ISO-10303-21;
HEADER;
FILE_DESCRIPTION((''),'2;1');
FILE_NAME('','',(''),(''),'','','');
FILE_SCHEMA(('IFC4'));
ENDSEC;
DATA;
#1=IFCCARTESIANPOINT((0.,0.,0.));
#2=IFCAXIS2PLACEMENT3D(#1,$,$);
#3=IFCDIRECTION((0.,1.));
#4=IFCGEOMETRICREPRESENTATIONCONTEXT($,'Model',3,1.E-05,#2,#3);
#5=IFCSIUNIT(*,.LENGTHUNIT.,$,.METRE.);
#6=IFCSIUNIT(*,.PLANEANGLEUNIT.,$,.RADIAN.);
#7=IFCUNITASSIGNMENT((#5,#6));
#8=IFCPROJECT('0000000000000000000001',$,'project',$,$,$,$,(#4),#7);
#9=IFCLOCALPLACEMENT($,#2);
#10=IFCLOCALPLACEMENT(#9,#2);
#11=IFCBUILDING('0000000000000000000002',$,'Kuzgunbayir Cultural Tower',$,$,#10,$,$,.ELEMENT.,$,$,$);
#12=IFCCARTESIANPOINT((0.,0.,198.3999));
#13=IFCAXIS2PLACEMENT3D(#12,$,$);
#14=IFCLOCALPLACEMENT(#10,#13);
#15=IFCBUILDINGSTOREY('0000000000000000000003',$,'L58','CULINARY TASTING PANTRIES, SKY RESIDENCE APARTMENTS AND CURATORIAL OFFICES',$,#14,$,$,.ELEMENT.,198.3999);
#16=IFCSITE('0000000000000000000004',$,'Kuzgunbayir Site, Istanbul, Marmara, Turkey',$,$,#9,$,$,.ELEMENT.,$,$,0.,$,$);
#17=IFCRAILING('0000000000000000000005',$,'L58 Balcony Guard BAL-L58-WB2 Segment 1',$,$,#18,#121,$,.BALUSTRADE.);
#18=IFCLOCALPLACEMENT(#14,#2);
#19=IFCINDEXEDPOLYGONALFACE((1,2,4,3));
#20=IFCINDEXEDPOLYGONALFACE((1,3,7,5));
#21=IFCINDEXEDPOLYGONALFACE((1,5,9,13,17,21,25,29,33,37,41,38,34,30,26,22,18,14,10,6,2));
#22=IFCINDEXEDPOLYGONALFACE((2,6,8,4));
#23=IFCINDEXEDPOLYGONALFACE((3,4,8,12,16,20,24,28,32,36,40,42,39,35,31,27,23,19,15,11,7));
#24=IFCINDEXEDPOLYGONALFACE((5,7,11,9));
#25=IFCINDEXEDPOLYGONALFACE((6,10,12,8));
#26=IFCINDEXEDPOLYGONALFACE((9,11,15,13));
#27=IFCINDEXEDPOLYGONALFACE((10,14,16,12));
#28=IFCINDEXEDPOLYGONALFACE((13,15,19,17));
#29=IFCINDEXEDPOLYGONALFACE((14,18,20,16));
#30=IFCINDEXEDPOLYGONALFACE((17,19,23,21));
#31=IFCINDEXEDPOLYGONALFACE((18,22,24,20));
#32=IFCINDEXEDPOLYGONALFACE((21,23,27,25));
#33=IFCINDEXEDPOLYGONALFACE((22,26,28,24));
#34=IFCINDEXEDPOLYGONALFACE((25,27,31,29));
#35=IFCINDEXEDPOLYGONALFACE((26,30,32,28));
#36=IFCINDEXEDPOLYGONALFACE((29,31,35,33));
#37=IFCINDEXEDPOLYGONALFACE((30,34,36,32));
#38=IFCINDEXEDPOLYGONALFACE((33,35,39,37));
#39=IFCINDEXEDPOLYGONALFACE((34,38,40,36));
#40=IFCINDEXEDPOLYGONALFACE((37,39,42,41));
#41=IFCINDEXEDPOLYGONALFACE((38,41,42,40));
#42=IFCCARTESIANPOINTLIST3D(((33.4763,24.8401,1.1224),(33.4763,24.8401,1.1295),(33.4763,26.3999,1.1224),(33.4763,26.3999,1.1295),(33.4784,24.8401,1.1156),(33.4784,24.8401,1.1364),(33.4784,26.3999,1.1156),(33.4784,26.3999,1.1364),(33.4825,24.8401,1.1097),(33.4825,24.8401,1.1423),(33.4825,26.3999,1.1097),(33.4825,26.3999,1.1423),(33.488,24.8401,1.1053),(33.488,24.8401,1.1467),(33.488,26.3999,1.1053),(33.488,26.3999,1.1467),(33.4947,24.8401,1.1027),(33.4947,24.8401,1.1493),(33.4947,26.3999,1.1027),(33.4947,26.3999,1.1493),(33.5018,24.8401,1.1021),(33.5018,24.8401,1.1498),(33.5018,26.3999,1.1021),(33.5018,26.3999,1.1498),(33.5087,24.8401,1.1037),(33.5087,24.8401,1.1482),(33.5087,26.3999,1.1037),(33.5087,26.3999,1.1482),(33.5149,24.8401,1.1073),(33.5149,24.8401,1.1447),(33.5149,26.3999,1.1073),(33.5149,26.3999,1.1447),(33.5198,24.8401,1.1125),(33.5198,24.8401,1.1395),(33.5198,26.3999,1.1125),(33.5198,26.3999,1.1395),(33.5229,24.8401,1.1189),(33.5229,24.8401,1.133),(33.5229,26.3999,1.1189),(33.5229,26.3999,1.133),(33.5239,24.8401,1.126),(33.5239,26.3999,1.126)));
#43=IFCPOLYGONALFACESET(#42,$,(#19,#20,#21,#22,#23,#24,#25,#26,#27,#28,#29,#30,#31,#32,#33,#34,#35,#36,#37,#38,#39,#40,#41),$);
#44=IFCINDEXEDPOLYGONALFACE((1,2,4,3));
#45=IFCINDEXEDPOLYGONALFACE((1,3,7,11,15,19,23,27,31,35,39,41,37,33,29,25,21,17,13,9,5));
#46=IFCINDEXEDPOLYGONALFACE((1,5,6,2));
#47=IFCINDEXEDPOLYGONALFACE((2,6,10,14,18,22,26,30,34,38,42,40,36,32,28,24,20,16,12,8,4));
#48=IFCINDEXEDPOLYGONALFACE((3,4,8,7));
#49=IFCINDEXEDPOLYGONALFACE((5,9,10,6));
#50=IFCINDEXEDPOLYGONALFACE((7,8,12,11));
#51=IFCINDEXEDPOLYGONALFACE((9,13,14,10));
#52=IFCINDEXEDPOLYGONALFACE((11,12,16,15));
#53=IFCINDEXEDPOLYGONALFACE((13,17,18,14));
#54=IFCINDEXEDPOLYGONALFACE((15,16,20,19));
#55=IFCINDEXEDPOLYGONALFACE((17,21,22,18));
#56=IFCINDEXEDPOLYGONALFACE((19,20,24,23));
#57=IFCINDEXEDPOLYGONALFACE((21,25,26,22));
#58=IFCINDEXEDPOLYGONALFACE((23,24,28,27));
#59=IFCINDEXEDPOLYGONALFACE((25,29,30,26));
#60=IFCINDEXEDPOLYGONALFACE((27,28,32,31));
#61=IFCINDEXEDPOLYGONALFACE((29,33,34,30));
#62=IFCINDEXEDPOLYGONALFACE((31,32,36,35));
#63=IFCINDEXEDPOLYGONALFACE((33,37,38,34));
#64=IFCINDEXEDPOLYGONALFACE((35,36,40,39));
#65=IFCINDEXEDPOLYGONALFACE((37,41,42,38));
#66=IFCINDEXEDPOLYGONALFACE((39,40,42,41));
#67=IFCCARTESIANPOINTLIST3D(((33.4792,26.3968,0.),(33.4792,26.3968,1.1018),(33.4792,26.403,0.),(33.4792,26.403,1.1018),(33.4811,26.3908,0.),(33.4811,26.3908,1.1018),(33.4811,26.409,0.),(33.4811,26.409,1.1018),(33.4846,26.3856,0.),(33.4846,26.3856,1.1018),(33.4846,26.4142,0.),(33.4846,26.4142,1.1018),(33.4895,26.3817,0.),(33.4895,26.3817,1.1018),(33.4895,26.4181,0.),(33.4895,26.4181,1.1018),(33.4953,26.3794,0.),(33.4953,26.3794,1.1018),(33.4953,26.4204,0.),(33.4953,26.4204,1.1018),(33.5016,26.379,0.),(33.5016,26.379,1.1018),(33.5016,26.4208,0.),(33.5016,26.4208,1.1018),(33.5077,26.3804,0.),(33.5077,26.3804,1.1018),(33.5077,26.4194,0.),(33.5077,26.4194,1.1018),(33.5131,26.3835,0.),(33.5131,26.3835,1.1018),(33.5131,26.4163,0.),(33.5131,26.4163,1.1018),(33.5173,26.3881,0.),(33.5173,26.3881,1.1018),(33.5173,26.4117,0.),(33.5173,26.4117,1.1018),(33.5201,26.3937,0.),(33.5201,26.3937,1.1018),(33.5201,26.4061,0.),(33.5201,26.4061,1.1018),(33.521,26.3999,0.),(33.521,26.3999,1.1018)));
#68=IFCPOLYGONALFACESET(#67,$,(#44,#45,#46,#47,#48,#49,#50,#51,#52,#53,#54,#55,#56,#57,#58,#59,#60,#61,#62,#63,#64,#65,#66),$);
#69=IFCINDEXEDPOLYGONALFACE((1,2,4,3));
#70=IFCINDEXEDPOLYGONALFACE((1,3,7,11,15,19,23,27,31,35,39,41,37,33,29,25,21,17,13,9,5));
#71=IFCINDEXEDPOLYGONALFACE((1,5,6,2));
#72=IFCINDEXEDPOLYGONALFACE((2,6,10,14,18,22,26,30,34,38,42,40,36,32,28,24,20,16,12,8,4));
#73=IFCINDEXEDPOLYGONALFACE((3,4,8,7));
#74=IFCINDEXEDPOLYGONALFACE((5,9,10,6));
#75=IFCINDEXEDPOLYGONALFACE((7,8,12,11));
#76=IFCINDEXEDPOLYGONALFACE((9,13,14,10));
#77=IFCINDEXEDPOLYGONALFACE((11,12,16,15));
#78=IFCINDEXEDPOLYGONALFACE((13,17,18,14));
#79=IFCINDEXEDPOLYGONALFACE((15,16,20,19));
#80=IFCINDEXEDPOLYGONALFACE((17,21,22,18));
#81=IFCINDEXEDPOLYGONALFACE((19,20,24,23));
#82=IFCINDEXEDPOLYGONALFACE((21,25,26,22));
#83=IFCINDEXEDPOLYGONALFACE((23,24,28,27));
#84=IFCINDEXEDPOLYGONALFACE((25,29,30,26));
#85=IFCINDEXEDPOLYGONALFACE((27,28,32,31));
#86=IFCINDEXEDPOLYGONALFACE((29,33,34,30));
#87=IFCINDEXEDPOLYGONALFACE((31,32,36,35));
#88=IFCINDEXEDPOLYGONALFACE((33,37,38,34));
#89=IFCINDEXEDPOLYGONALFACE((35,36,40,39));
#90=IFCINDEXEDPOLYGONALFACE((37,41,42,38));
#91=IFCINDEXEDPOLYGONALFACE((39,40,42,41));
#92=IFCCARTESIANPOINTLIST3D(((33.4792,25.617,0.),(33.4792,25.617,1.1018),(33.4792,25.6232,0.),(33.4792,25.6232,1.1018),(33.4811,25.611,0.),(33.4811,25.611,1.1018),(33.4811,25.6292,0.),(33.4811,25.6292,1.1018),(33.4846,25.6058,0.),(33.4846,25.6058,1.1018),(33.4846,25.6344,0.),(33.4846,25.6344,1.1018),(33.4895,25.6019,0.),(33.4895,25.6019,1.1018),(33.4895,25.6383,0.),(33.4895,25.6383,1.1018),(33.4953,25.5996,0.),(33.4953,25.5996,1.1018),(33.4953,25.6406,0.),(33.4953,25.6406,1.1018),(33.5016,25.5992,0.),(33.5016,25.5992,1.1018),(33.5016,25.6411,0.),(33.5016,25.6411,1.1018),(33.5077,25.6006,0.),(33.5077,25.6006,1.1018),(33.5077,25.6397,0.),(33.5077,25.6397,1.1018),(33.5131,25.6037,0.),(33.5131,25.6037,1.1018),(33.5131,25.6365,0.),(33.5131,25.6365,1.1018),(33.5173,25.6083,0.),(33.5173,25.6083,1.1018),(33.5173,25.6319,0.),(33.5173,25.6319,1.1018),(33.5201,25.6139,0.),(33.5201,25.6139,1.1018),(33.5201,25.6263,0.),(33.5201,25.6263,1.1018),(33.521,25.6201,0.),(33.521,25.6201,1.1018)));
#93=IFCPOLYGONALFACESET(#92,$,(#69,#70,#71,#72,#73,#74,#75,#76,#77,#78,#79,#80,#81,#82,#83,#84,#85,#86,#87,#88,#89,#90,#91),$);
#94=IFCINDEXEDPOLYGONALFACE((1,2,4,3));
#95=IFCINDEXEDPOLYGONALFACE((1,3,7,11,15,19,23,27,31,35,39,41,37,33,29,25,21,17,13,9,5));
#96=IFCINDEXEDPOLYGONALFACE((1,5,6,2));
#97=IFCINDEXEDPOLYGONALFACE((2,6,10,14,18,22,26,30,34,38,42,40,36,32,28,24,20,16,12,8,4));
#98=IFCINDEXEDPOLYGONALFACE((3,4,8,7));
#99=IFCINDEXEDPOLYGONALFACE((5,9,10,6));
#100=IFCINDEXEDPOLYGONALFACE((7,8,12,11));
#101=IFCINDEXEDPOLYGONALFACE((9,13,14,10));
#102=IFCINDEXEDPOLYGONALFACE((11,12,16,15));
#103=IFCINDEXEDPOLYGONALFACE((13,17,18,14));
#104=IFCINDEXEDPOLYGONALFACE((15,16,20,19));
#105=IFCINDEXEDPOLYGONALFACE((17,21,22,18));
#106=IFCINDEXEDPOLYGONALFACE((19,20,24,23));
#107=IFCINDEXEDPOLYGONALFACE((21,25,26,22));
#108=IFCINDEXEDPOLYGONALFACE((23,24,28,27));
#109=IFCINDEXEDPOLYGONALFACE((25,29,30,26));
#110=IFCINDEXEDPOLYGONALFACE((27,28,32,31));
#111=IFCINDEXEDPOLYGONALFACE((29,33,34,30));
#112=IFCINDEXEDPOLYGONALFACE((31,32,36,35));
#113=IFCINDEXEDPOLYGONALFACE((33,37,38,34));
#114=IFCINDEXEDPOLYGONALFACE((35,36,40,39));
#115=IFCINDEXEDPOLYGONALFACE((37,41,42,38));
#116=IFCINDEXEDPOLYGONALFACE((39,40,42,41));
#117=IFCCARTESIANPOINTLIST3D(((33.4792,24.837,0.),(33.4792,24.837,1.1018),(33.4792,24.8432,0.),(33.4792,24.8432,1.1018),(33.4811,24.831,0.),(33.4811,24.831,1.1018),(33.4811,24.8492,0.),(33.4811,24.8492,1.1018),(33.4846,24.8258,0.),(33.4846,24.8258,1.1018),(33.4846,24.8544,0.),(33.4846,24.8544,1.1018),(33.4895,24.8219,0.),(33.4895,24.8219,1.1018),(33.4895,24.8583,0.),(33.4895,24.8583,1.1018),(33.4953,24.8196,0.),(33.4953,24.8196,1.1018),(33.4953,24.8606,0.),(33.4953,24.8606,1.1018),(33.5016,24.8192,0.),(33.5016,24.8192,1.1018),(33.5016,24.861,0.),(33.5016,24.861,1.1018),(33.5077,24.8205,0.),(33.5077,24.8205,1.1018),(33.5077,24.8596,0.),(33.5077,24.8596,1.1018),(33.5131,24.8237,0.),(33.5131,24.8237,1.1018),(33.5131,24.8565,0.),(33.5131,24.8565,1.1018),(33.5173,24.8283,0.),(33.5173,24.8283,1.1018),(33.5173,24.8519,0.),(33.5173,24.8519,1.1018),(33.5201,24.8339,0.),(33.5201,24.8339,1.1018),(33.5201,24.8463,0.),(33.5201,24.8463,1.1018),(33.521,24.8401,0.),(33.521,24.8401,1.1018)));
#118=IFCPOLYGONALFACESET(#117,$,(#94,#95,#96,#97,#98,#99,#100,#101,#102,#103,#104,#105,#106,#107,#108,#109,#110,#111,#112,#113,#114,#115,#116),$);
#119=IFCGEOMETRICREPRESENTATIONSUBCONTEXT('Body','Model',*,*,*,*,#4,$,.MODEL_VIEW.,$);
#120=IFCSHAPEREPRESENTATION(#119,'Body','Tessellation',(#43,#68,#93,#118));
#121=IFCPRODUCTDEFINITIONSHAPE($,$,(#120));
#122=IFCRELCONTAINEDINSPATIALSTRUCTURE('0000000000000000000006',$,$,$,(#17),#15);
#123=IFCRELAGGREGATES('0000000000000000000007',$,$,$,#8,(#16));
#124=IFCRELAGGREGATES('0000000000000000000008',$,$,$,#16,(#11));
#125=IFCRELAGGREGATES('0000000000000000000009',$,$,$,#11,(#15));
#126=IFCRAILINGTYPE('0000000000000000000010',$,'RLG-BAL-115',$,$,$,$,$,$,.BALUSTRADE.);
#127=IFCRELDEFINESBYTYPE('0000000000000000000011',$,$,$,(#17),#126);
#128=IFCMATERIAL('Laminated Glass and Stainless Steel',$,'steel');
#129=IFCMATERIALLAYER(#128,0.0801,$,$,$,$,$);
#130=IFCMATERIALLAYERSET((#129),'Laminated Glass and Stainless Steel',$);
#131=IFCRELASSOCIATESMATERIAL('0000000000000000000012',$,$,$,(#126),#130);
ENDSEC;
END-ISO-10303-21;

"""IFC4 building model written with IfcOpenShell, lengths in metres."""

from ifc_helpers import new_model, si_unit, direction, frame, origin, origin_2d, place, context, subcontext, project, spatial, circle, extrude, material, layer, layer_set, type_object, element, save


model = new_model("IFC4")

# Units and contexts
model_context = context("Model", 3, precision=1e-05, world=origin(), true_north=direction((0.0, 1.0)))
body_context = subcontext(model_context, "Body", "Model", "MODEL_VIEW")
ifc_project = project(units=[si_unit("LENGTHUNIT", "METRE"), si_unit("PLANEANGLEUNIT", "RADIAN")], contexts=[model_context])

# Site, building, storey
site_placement = place(None, origin())
site = spatial("IfcSite", under=ifc_project, at=site_placement, Name="Kuzgunbayir Site, Istanbul, Marmara, Turkey", CompositionType="ELEMENT", RefElevation=0.0)
building_placement = place(site_placement, origin())
building = spatial("IfcBuilding", under=site, at=building_placement, Name="Kuzgunbayir Cultural Tower", CompositionType="ELEMENT")
storey_placement = place(building_placement, frame((0.0, 0.0, 198.3999)))
storey = spatial("IfcBuildingStorey", under=building, at=storey_placement, Name="L58", Description="CULINARY TASTING PANTRIES, SKY RESIDENCE APARTMENTS AND CURATORIAL OFFICES", CompositionType="ELEMENT", Elevation=198.3999)

# Railing
ifc_material_1 = material(Name="Laminated Glass and Stainless Steel", Category="steel")
ifc_layer_1 = layer(ifc_material_1, 0.0801)
ifc_layer_set_1 = layer_set([ifc_layer_1], Name="Laminated Glass and Stainless Steel")
railing_type = type_object("IfcRailingType", Name="RLG-BAL-115", PredefinedType="BALUSTRADE", material=ifc_layer_set_1)
railing_1_placement = place(storey_placement, frame((33.5, 26.3999, 0.0)))
element("IfcRailing", 1, at=railing_1_placement, inside=storey, type_object=railing_type, Name="L58 Balcony Guard BAL-L58-WB2 Segment 1", PredefinedType="BALUSTRADE", context=body_context, shape_type="SweptSolid", body=[
    extrude(circle(Radius=0.0239, at=origin_2d()), frame((0.0, 0.0, 1.126), z_axis=(0.0, -1.0, 0.0), x_axis=(1.0, 0.0, 0.0)), (0.0, 0.0, 1.0), 1.5598),
    extrude(circle(Radius=0.021, at=origin_2d()), origin(), (0.0, 0.0, 1.0), 1.1018),
    extrude(circle(Radius=0.021, at=origin_2d()), frame((0.0, -0.7798, 0.0)), (0.0, 0.0, 1.0), 1.1018),
    extrude(circle(Radius=0.021, at=origin_2d()), frame((0.0, -1.5598, 0.0)), (0.0, 0.0, 1.0), 1.1018),
])

save(model, "model.ifc")
